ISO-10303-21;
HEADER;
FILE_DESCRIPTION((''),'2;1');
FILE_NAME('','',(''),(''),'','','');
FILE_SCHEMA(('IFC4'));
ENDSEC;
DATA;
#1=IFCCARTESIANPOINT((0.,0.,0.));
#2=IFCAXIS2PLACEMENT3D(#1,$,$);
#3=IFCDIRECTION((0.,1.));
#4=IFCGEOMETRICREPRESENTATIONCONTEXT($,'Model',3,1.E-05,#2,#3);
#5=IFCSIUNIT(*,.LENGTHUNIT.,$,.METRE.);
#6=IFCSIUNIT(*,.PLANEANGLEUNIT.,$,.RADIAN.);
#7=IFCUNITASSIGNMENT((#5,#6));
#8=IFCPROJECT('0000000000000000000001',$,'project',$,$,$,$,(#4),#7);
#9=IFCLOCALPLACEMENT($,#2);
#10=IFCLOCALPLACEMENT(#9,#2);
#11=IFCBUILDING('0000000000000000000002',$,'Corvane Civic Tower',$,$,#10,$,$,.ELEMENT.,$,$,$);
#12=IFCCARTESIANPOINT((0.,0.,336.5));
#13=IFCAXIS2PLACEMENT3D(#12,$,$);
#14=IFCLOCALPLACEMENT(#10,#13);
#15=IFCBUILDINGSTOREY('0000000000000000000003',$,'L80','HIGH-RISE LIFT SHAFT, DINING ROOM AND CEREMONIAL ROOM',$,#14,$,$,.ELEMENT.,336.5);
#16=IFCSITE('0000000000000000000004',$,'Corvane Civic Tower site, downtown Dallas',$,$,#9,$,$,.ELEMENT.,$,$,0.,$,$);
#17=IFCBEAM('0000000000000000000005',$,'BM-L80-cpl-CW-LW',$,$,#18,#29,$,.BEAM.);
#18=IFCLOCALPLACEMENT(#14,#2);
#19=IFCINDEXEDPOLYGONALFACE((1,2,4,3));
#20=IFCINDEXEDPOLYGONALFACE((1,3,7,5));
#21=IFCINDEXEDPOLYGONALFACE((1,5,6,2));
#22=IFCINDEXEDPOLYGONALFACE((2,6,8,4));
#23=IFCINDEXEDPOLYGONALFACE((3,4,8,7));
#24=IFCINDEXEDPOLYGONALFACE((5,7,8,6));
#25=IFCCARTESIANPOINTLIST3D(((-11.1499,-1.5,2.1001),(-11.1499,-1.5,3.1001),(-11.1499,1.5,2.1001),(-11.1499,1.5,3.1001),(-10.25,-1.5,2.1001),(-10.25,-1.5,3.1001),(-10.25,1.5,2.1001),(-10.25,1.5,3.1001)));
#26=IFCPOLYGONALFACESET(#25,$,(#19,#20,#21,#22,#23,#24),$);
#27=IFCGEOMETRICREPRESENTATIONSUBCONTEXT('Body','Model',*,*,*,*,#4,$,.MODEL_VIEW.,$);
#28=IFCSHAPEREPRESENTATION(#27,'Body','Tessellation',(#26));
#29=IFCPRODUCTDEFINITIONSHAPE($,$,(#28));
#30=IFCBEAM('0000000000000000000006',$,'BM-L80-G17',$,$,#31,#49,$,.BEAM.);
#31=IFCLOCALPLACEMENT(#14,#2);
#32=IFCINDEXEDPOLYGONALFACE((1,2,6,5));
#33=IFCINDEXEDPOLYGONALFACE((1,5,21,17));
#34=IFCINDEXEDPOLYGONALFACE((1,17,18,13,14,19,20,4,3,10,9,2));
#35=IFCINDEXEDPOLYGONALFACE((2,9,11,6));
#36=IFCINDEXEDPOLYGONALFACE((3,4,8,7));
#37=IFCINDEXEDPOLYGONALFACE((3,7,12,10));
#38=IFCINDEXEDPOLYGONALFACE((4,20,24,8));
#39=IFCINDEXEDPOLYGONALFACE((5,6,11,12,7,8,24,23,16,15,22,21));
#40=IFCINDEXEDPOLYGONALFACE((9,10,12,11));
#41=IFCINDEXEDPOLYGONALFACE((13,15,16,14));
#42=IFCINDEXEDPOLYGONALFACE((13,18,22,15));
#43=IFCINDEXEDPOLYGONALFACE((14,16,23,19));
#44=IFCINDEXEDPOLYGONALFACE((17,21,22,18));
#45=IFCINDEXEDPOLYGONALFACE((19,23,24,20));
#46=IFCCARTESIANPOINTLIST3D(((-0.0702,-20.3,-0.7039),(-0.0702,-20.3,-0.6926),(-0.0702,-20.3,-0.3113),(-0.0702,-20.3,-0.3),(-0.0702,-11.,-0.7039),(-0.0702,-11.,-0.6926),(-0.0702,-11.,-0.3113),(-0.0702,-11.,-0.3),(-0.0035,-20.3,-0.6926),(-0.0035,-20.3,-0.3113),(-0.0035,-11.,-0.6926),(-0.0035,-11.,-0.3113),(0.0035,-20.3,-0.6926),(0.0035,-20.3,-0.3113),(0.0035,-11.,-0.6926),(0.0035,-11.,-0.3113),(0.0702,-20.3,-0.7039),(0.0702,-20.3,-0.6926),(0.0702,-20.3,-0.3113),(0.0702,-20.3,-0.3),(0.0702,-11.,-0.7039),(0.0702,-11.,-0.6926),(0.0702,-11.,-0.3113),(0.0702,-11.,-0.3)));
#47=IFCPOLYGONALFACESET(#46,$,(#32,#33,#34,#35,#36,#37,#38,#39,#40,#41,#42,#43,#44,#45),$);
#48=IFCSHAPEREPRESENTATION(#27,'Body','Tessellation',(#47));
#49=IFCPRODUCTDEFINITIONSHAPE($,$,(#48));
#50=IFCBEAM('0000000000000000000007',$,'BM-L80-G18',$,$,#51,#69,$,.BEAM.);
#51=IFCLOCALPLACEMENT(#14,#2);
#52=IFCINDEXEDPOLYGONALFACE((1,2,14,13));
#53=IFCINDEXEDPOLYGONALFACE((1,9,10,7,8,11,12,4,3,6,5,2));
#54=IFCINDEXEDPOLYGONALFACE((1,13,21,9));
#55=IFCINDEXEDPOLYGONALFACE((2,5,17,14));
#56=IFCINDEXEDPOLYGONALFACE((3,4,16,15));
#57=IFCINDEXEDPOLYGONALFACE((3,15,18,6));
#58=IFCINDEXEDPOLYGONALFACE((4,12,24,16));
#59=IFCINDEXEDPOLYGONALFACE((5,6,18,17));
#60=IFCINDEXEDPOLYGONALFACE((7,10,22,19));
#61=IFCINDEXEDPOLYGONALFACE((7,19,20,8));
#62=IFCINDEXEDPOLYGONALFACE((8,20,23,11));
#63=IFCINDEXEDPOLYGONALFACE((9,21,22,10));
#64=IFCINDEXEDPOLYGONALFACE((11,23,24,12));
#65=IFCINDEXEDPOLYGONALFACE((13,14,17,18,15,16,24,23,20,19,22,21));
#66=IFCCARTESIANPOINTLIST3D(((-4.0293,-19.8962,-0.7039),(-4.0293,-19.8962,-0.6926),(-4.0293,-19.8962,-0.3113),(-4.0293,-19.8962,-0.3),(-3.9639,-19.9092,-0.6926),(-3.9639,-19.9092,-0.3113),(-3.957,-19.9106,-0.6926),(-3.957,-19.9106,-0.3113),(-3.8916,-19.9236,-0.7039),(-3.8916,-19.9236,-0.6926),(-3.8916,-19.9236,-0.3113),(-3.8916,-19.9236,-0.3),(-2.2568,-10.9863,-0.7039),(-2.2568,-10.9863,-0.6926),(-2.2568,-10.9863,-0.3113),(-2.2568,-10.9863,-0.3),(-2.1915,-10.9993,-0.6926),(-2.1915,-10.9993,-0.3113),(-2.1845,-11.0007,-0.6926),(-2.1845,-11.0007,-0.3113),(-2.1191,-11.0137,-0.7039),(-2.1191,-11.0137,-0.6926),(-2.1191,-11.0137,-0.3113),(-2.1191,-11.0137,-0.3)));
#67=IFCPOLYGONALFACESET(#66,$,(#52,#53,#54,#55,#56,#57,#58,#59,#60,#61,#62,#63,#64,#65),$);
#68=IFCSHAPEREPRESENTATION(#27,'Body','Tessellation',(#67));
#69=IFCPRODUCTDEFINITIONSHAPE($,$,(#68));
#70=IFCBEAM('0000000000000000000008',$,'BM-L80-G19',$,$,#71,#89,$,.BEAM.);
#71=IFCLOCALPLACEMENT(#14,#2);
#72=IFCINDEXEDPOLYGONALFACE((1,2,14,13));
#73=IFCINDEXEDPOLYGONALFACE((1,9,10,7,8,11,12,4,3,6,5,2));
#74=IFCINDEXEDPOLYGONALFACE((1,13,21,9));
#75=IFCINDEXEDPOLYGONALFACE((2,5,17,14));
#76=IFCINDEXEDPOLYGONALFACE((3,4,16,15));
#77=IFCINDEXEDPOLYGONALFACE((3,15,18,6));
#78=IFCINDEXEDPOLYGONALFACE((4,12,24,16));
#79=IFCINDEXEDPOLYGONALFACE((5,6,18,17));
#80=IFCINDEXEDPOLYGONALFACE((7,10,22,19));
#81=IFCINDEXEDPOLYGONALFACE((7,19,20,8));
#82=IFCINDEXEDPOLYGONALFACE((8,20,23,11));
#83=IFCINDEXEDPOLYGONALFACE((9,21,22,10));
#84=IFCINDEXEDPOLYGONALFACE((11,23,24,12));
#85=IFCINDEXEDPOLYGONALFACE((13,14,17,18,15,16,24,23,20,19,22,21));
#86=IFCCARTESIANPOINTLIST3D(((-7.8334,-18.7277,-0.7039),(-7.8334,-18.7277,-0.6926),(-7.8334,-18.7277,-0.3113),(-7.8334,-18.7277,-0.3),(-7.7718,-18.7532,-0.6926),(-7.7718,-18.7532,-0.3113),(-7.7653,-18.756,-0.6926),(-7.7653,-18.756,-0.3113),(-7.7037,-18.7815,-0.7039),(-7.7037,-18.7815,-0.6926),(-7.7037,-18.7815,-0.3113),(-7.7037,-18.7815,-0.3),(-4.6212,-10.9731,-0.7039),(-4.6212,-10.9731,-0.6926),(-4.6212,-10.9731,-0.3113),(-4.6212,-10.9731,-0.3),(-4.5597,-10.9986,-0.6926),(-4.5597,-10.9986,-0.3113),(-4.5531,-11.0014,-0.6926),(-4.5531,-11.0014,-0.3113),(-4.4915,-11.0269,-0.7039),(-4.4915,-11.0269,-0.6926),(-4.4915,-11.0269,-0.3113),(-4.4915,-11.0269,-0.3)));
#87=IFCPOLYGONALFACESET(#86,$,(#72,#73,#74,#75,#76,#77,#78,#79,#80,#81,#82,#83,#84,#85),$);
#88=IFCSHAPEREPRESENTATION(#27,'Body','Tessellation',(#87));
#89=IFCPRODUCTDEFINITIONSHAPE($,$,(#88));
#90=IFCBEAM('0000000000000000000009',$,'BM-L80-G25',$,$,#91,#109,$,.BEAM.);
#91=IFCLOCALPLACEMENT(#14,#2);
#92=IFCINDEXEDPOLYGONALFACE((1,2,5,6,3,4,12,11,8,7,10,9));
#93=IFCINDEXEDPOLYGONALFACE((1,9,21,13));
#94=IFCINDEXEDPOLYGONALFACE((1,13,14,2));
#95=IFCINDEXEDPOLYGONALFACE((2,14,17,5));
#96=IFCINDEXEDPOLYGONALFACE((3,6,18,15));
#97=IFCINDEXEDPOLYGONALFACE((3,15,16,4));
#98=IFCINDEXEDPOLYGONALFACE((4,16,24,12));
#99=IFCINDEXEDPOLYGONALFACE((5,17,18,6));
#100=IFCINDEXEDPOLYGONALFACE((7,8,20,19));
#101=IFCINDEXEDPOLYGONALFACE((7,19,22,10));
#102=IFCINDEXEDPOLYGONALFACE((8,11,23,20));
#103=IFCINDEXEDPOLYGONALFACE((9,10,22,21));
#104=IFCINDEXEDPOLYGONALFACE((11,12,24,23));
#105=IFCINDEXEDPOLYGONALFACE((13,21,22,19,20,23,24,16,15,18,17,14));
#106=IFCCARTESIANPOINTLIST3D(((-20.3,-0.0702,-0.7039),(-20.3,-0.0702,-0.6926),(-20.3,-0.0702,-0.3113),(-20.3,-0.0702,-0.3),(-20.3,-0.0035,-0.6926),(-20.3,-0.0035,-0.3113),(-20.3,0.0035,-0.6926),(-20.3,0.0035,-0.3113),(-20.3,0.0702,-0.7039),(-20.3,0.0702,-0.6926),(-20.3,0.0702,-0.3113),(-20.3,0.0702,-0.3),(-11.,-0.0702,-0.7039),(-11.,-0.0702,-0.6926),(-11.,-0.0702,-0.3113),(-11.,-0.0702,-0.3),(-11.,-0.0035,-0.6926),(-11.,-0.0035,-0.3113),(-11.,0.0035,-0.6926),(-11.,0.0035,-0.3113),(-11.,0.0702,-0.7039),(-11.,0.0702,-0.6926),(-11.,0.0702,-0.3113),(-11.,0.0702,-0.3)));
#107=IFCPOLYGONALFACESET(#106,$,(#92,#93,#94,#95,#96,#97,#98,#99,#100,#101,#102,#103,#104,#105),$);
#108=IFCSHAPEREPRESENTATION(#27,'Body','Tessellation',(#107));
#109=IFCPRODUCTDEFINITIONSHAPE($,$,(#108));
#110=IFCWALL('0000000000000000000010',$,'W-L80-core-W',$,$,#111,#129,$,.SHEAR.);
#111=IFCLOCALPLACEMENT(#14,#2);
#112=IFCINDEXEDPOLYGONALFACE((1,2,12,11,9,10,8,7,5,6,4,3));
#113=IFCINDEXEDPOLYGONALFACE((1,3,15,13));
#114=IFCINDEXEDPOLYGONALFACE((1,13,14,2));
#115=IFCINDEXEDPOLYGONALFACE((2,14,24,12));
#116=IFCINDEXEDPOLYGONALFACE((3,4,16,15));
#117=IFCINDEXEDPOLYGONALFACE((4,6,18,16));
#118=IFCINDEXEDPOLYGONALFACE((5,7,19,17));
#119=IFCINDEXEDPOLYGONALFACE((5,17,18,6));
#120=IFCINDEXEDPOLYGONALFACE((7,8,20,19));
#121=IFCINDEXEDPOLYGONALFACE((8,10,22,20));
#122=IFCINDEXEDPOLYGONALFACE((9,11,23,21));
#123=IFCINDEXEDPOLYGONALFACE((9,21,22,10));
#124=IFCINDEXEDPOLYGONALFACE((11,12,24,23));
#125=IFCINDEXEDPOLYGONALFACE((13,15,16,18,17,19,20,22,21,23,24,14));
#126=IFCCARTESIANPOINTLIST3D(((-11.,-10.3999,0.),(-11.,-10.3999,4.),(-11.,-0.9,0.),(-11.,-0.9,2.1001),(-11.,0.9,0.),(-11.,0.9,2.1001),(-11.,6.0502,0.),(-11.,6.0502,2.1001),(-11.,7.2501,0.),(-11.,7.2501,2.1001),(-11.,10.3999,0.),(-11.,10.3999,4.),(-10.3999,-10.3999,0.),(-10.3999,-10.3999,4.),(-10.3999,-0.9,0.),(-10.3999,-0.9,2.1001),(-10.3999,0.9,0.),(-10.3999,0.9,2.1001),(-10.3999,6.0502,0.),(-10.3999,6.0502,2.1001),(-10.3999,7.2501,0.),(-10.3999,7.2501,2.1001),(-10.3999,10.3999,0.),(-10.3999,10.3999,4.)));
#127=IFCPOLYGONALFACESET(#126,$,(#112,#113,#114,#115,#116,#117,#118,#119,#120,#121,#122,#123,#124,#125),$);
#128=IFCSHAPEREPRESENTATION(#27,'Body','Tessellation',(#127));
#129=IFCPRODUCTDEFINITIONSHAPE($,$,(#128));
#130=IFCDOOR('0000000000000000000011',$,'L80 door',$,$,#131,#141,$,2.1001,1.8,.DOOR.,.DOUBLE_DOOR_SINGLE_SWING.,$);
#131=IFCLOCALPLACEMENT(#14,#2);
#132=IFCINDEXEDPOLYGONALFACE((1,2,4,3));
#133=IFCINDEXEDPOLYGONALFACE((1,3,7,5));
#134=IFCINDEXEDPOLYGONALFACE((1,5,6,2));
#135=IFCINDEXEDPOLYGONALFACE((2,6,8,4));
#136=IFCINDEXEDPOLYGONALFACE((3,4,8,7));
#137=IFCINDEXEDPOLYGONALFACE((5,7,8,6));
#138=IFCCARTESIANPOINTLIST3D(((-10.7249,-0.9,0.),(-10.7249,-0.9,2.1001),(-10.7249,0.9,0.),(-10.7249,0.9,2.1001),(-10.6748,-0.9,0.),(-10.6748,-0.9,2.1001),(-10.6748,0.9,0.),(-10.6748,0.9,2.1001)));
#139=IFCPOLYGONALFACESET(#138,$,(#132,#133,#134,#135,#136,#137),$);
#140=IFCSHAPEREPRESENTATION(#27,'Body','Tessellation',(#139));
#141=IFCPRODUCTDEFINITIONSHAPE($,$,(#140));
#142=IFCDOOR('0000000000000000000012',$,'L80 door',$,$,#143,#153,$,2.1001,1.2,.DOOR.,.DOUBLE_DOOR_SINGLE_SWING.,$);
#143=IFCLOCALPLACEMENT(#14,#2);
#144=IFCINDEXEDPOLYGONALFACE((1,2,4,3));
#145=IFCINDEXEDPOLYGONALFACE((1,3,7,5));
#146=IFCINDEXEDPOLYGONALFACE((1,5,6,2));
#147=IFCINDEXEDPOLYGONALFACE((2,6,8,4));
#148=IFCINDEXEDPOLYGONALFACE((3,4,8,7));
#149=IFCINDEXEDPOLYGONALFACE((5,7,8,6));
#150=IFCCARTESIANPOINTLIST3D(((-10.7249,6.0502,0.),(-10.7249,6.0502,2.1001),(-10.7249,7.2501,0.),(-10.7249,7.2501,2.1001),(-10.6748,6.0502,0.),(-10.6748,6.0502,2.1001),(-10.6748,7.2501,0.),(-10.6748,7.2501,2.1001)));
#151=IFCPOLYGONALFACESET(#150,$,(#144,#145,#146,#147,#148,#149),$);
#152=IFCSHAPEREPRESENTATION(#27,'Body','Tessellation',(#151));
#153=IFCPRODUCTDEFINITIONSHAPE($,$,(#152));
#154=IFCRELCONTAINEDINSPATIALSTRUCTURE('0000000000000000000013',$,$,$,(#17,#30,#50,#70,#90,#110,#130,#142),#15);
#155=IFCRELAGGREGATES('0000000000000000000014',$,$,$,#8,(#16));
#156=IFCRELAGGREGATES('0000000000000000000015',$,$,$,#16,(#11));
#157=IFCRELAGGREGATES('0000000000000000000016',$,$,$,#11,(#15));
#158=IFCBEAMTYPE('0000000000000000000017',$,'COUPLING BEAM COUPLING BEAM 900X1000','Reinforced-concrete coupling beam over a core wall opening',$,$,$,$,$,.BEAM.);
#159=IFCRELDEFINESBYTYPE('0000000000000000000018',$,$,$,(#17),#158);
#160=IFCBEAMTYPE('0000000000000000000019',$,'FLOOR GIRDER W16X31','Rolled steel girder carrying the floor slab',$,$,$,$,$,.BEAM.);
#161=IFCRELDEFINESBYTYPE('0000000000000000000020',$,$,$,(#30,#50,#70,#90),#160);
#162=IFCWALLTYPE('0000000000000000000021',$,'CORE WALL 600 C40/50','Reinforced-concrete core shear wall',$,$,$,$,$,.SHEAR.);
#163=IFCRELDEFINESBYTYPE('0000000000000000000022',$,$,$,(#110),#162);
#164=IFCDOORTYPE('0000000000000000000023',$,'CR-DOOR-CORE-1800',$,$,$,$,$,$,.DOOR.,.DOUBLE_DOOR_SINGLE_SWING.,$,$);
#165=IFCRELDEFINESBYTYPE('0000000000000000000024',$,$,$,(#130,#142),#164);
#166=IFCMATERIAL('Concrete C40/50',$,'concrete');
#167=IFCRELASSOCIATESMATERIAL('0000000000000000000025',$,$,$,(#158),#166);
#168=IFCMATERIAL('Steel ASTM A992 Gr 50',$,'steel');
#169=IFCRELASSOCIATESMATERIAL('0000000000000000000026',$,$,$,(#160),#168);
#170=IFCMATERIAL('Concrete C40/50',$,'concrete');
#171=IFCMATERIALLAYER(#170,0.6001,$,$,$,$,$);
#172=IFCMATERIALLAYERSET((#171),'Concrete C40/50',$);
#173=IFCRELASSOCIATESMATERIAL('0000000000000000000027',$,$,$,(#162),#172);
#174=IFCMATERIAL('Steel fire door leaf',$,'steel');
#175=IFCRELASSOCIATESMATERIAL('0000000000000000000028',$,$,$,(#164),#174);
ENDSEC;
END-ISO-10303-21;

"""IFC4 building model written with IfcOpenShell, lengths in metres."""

from ifc_helpers import new_model, si_unit, direction, frame, frame_2d, origin, origin_2d, place, context, subcontext, project, spatial, rectangle, i_section, extrude, material, layer, layer_set, material_profile, profile_set, type_object, element, fill, save


model = new_model("IFC4")

# Units and contexts
model_context = context("Model", 3, precision=1e-05, world=origin(), true_north=direction((0.0, 1.0)))
body_context = subcontext(model_context, "Body", "Model", "MODEL_VIEW")
ifc_project = project(units=[si_unit("LENGTHUNIT", "METRE"), si_unit("PLANEANGLEUNIT", "RADIAN")], contexts=[model_context])

# Site, building, storey
site_placement = place(None, origin())
site = spatial("IfcSite", under=ifc_project, at=site_placement, Name="Corvane Civic Tower site, downtown Dallas", CompositionType="ELEMENT", RefElevation=0.0)
building_placement = place(site_placement, origin())
building = spatial("IfcBuilding", under=site, at=building_placement, Name="Corvane Civic Tower", CompositionType="ELEMENT")
storey_placement = place(building_placement, frame((0.0, 0.0, 336.5)))
storey = spatial("IfcBuildingStorey", under=building, at=storey_placement, Name="L80", Description="HIGH-RISE LIFT SHAFT, DINING ROOM AND CEREMONIAL ROOM", CompositionType="ELEMENT", Elevation=336.5)

# Beams
ifc_material_1 = material(Name="Concrete C40/50", Category="concrete")
ifc_material_profile_1 = material_profile(ifc_material_1, rectangle(XDim=0.8999, YDim=1.0, at=origin_2d()), Name="COUPLING BEAM 900X1000")
ifc_profile_set_1 = profile_set([ifc_material_profile_1], Name="Concrete C40/50")
beam_type_1 = type_object("IfcBeamType", Name="COUPLING BEAM COUPLING BEAM 900X1000", Description="Reinforced-concrete coupling beam over a core wall opening", PredefinedType="BEAM", material=ifc_profile_set_1)
beam_1_placement = place(storey_placement, frame((-10.7, -1.5, 2.6001), z_axis=(0.0, 1.0, 0.0), x_axis=(-1.0, 0.0, 0.0)))
element("IfcBeam", 1, at=beam_1_placement, inside=storey, type_object=beam_type_1, Name="BM-L80-cpl-CW-LW", PredefinedType="BEAM", context=body_context, shape_type="SweptSolid", body=[
    extrude(rectangle(XDim=0.8999, YDim=1.0, at=origin_2d()), origin(), (0.0, 0.0, 1.0), 3.0),
])
ifc_material_2 = material(Name="Steel ASTM A992 Gr 50", Category="steel")
ifc_material_profile_2 = material_profile(ifc_material_2, i_section(OverallWidth=0.1404, OverallDepth=0.4038, WebThickness=0.0071, FlangeThickness=0.0112, at=origin_2d()), Name="W16X31")
ifc_profile_set_2 = profile_set([ifc_material_profile_2], Name="Steel ASTM A992 Gr 50")
beam_type_2 = type_object("IfcBeamType", Name="FLOOR GIRDER W16X31", Description="Rolled steel girder carrying the floor slab", PredefinedType="BEAM", material=ifc_profile_set_2)
beam_2_placement = place(storey_placement, frame((0.0, -11.0, -0.502), z_axis=(0.0, -1.0, 0.0), x_axis=(1.0, 0.0, 0.0)))
element("IfcBeam", 2, at=beam_2_placement, inside=storey, type_object=beam_type_2, Name="BM-L80-G17", PredefinedType="BEAM", context=body_context, shape_type="SweptSolid", body=[
    extrude(i_section(OverallWidth=0.1404, OverallDepth=0.4038, WebThickness=0.0071, FlangeThickness=0.0112, at=origin_2d()), origin(), (0.0, 0.0, 1.0), 9.3),
])
beam_3_placement = place(storey_placement, frame((-2.188, -11.0, -0.502), z_axis=(-0.195108, -0.980782, 0.0), x_axis=(0.980782, -0.195108, 0.0)))
element("IfcBeam", 3, at=beam_3_placement, inside=storey, type_object=beam_type_2, Name="BM-L80-G18", PredefinedType="BEAM", context=body_context, shape_type="SweptSolid", body=[
    extrude(i_section(OverallWidth=0.1404, OverallDepth=0.4038, WebThickness=0.0071, FlangeThickness=0.0112, at=origin_2d()), origin(), (0.0, 0.0, 1.0), 9.0845),
])
beam_4_placement = place(storey_placement, frame((-4.5564, -11.0, -0.502), z_axis=(-0.382692, -0.923876, 0.0), x_axis=(0.923876, -0.382692, 0.0)))
element("IfcBeam", 4, at=beam_4_placement, inside=storey, type_object=beam_type_2, Name="BM-L80-G19", PredefinedType="BEAM", context=body_context, shape_type="SweptSolid", body=[
    extrude(i_section(OverallWidth=0.1404, OverallDepth=0.4038, WebThickness=0.0071, FlangeThickness=0.0112, at=origin_2d()), origin(), (0.0, 0.0, 1.0), 8.3936),
])
beam_5_placement = place(storey_placement, frame((-11.0, 0.0, -0.502), z_axis=(-1.0, 0.0, 0.0), x_axis=(0.0, -1.0, 0.0)))
element("IfcBeam", 5, at=beam_5_placement, inside=storey, type_object=beam_type_2, Name="BM-L80-G25", PredefinedType="BEAM", context=body_context, shape_type="SweptSolid", body=[
    extrude(i_section(OverallWidth=0.1404, OverallDepth=0.4038, WebThickness=0.0071, FlangeThickness=0.0112, at=origin_2d()), origin(), (0.0, 0.0, 1.0), 9.3),
])

# Wall, openings, doors
ifc_material_3 = material(Name="Concrete C40/50", Category="concrete")
ifc_layer_1 = layer(ifc_material_3, 0.6001)
ifc_layer_set_1 = layer_set([ifc_layer_1], Name="Concrete C40/50")
wall_type_1 = type_object("IfcWallType", Name="CORE WALL 600 C40/50", Description="Reinforced-concrete core shear wall", PredefinedType="SHEAR", material=ifc_layer_set_1)
wall_1_placement = place(storey_placement, frame((-10.7, -10.3999, 0.0), z_axis=(0.0, 0.0, 1.0), x_axis=(0.0, 1.0, 0.0)))
wall_1 = element("IfcWall", 6, at=wall_1_placement, inside=storey, type_object=wall_type_1, Name="W-L80-core-W", PredefinedType="SHEAR", context=body_context, shape_type="SweptSolid", body=[
    extrude(rectangle(XDim=20.7998, YDim=0.6001, at=frame_2d((10.3999, 0.0))), origin(), (0.0, 0.0, 1.0), 4.0),
])
opening_1_placement = place(wall_1_placement, frame((9.5, 0.0, 0.0)))
opening_1 = element("IfcOpeningElement", 7, at=opening_1_placement, cuts=wall_1, PredefinedType="OPENING", context=body_context, shape_type="SweptSolid", body=[
    extrude(rectangle(XDim=1.8, YDim=2.1001, at=frame_2d((0.8999, 1.05))), frame((0.0, 0.3101, 0.0), z_axis=(0.0, -1.0, 0.0), x_axis=(1.0, 0.0, 0.0)), (0.0, 0.0, 1.0), 0.6201),
])
opening_2_placement = place(wall_1_placement, frame((16.45, 0.0, 0.0)))
opening_2 = element("IfcOpeningElement", 8, at=opening_2_placement, cuts=wall_1, PredefinedType="OPENING", context=body_context, shape_type="SweptSolid", body=[
    extrude(rectangle(XDim=1.2, YDim=2.1001, at=frame_2d((0.6001, 1.05))), frame((0.0, 0.3101, 0.0), z_axis=(0.0, -1.0, 0.0), x_axis=(1.0, 0.0, 0.0)), (0.0, 0.0, 1.0), 0.6201),
])
ifc_material_4 = material(Name="Steel fire door leaf", Category="steel")
door_type_1 = type_object("IfcDoorType", Name="CR-DOOR-CORE-1800", OperationType="DOUBLE_DOOR_SINGLE_SWING", PredefinedType="DOOR", material=ifc_material_4)
door_1_placement = place(opening_1_placement, origin())
door_1 = element("IfcDoor", 9, at=door_1_placement, inside=storey, type_object=door_type_1, Name="L80 door", OperationType="DOUBLE_DOOR_SINGLE_SWING", OverallHeight=2.1001, OverallWidth=1.8, PredefinedType="DOOR", context=body_context, shape_type="SweptSolid", body=[
    extrude(rectangle(XDim=1.8, YDim=2.1001, at=frame_2d((0.8999, 1.05))), frame((0.0, 0.0249, 0.0), z_axis=(0.0, -1.0, 0.0), x_axis=(1.0, 0.0, 0.0)), (0.0, 0.0, 1.0), 0.05),
])
fill(opening_1, door_1)
door_2_placement = place(opening_2_placement, origin())
door_2 = element("IfcDoor", 10, at=door_2_placement, inside=storey, type_object=door_type_1, Name="L80 door", OperationType="DOUBLE_DOOR_SINGLE_SWING", OverallHeight=2.1001, OverallWidth=1.2, PredefinedType="DOOR", context=body_context, shape_type="SweptSolid", body=[
    extrude(rectangle(XDim=1.2, YDim=2.1001, at=frame_2d((0.6001, 1.05))), frame((0.0, 0.0249, 0.0), z_axis=(0.0, -1.0, 0.0), x_axis=(1.0, 0.0, 0.0)), (0.0, 0.0, 1.0), 0.05),
])
fill(opening_2, door_2)

save(model, "model.ifc")
